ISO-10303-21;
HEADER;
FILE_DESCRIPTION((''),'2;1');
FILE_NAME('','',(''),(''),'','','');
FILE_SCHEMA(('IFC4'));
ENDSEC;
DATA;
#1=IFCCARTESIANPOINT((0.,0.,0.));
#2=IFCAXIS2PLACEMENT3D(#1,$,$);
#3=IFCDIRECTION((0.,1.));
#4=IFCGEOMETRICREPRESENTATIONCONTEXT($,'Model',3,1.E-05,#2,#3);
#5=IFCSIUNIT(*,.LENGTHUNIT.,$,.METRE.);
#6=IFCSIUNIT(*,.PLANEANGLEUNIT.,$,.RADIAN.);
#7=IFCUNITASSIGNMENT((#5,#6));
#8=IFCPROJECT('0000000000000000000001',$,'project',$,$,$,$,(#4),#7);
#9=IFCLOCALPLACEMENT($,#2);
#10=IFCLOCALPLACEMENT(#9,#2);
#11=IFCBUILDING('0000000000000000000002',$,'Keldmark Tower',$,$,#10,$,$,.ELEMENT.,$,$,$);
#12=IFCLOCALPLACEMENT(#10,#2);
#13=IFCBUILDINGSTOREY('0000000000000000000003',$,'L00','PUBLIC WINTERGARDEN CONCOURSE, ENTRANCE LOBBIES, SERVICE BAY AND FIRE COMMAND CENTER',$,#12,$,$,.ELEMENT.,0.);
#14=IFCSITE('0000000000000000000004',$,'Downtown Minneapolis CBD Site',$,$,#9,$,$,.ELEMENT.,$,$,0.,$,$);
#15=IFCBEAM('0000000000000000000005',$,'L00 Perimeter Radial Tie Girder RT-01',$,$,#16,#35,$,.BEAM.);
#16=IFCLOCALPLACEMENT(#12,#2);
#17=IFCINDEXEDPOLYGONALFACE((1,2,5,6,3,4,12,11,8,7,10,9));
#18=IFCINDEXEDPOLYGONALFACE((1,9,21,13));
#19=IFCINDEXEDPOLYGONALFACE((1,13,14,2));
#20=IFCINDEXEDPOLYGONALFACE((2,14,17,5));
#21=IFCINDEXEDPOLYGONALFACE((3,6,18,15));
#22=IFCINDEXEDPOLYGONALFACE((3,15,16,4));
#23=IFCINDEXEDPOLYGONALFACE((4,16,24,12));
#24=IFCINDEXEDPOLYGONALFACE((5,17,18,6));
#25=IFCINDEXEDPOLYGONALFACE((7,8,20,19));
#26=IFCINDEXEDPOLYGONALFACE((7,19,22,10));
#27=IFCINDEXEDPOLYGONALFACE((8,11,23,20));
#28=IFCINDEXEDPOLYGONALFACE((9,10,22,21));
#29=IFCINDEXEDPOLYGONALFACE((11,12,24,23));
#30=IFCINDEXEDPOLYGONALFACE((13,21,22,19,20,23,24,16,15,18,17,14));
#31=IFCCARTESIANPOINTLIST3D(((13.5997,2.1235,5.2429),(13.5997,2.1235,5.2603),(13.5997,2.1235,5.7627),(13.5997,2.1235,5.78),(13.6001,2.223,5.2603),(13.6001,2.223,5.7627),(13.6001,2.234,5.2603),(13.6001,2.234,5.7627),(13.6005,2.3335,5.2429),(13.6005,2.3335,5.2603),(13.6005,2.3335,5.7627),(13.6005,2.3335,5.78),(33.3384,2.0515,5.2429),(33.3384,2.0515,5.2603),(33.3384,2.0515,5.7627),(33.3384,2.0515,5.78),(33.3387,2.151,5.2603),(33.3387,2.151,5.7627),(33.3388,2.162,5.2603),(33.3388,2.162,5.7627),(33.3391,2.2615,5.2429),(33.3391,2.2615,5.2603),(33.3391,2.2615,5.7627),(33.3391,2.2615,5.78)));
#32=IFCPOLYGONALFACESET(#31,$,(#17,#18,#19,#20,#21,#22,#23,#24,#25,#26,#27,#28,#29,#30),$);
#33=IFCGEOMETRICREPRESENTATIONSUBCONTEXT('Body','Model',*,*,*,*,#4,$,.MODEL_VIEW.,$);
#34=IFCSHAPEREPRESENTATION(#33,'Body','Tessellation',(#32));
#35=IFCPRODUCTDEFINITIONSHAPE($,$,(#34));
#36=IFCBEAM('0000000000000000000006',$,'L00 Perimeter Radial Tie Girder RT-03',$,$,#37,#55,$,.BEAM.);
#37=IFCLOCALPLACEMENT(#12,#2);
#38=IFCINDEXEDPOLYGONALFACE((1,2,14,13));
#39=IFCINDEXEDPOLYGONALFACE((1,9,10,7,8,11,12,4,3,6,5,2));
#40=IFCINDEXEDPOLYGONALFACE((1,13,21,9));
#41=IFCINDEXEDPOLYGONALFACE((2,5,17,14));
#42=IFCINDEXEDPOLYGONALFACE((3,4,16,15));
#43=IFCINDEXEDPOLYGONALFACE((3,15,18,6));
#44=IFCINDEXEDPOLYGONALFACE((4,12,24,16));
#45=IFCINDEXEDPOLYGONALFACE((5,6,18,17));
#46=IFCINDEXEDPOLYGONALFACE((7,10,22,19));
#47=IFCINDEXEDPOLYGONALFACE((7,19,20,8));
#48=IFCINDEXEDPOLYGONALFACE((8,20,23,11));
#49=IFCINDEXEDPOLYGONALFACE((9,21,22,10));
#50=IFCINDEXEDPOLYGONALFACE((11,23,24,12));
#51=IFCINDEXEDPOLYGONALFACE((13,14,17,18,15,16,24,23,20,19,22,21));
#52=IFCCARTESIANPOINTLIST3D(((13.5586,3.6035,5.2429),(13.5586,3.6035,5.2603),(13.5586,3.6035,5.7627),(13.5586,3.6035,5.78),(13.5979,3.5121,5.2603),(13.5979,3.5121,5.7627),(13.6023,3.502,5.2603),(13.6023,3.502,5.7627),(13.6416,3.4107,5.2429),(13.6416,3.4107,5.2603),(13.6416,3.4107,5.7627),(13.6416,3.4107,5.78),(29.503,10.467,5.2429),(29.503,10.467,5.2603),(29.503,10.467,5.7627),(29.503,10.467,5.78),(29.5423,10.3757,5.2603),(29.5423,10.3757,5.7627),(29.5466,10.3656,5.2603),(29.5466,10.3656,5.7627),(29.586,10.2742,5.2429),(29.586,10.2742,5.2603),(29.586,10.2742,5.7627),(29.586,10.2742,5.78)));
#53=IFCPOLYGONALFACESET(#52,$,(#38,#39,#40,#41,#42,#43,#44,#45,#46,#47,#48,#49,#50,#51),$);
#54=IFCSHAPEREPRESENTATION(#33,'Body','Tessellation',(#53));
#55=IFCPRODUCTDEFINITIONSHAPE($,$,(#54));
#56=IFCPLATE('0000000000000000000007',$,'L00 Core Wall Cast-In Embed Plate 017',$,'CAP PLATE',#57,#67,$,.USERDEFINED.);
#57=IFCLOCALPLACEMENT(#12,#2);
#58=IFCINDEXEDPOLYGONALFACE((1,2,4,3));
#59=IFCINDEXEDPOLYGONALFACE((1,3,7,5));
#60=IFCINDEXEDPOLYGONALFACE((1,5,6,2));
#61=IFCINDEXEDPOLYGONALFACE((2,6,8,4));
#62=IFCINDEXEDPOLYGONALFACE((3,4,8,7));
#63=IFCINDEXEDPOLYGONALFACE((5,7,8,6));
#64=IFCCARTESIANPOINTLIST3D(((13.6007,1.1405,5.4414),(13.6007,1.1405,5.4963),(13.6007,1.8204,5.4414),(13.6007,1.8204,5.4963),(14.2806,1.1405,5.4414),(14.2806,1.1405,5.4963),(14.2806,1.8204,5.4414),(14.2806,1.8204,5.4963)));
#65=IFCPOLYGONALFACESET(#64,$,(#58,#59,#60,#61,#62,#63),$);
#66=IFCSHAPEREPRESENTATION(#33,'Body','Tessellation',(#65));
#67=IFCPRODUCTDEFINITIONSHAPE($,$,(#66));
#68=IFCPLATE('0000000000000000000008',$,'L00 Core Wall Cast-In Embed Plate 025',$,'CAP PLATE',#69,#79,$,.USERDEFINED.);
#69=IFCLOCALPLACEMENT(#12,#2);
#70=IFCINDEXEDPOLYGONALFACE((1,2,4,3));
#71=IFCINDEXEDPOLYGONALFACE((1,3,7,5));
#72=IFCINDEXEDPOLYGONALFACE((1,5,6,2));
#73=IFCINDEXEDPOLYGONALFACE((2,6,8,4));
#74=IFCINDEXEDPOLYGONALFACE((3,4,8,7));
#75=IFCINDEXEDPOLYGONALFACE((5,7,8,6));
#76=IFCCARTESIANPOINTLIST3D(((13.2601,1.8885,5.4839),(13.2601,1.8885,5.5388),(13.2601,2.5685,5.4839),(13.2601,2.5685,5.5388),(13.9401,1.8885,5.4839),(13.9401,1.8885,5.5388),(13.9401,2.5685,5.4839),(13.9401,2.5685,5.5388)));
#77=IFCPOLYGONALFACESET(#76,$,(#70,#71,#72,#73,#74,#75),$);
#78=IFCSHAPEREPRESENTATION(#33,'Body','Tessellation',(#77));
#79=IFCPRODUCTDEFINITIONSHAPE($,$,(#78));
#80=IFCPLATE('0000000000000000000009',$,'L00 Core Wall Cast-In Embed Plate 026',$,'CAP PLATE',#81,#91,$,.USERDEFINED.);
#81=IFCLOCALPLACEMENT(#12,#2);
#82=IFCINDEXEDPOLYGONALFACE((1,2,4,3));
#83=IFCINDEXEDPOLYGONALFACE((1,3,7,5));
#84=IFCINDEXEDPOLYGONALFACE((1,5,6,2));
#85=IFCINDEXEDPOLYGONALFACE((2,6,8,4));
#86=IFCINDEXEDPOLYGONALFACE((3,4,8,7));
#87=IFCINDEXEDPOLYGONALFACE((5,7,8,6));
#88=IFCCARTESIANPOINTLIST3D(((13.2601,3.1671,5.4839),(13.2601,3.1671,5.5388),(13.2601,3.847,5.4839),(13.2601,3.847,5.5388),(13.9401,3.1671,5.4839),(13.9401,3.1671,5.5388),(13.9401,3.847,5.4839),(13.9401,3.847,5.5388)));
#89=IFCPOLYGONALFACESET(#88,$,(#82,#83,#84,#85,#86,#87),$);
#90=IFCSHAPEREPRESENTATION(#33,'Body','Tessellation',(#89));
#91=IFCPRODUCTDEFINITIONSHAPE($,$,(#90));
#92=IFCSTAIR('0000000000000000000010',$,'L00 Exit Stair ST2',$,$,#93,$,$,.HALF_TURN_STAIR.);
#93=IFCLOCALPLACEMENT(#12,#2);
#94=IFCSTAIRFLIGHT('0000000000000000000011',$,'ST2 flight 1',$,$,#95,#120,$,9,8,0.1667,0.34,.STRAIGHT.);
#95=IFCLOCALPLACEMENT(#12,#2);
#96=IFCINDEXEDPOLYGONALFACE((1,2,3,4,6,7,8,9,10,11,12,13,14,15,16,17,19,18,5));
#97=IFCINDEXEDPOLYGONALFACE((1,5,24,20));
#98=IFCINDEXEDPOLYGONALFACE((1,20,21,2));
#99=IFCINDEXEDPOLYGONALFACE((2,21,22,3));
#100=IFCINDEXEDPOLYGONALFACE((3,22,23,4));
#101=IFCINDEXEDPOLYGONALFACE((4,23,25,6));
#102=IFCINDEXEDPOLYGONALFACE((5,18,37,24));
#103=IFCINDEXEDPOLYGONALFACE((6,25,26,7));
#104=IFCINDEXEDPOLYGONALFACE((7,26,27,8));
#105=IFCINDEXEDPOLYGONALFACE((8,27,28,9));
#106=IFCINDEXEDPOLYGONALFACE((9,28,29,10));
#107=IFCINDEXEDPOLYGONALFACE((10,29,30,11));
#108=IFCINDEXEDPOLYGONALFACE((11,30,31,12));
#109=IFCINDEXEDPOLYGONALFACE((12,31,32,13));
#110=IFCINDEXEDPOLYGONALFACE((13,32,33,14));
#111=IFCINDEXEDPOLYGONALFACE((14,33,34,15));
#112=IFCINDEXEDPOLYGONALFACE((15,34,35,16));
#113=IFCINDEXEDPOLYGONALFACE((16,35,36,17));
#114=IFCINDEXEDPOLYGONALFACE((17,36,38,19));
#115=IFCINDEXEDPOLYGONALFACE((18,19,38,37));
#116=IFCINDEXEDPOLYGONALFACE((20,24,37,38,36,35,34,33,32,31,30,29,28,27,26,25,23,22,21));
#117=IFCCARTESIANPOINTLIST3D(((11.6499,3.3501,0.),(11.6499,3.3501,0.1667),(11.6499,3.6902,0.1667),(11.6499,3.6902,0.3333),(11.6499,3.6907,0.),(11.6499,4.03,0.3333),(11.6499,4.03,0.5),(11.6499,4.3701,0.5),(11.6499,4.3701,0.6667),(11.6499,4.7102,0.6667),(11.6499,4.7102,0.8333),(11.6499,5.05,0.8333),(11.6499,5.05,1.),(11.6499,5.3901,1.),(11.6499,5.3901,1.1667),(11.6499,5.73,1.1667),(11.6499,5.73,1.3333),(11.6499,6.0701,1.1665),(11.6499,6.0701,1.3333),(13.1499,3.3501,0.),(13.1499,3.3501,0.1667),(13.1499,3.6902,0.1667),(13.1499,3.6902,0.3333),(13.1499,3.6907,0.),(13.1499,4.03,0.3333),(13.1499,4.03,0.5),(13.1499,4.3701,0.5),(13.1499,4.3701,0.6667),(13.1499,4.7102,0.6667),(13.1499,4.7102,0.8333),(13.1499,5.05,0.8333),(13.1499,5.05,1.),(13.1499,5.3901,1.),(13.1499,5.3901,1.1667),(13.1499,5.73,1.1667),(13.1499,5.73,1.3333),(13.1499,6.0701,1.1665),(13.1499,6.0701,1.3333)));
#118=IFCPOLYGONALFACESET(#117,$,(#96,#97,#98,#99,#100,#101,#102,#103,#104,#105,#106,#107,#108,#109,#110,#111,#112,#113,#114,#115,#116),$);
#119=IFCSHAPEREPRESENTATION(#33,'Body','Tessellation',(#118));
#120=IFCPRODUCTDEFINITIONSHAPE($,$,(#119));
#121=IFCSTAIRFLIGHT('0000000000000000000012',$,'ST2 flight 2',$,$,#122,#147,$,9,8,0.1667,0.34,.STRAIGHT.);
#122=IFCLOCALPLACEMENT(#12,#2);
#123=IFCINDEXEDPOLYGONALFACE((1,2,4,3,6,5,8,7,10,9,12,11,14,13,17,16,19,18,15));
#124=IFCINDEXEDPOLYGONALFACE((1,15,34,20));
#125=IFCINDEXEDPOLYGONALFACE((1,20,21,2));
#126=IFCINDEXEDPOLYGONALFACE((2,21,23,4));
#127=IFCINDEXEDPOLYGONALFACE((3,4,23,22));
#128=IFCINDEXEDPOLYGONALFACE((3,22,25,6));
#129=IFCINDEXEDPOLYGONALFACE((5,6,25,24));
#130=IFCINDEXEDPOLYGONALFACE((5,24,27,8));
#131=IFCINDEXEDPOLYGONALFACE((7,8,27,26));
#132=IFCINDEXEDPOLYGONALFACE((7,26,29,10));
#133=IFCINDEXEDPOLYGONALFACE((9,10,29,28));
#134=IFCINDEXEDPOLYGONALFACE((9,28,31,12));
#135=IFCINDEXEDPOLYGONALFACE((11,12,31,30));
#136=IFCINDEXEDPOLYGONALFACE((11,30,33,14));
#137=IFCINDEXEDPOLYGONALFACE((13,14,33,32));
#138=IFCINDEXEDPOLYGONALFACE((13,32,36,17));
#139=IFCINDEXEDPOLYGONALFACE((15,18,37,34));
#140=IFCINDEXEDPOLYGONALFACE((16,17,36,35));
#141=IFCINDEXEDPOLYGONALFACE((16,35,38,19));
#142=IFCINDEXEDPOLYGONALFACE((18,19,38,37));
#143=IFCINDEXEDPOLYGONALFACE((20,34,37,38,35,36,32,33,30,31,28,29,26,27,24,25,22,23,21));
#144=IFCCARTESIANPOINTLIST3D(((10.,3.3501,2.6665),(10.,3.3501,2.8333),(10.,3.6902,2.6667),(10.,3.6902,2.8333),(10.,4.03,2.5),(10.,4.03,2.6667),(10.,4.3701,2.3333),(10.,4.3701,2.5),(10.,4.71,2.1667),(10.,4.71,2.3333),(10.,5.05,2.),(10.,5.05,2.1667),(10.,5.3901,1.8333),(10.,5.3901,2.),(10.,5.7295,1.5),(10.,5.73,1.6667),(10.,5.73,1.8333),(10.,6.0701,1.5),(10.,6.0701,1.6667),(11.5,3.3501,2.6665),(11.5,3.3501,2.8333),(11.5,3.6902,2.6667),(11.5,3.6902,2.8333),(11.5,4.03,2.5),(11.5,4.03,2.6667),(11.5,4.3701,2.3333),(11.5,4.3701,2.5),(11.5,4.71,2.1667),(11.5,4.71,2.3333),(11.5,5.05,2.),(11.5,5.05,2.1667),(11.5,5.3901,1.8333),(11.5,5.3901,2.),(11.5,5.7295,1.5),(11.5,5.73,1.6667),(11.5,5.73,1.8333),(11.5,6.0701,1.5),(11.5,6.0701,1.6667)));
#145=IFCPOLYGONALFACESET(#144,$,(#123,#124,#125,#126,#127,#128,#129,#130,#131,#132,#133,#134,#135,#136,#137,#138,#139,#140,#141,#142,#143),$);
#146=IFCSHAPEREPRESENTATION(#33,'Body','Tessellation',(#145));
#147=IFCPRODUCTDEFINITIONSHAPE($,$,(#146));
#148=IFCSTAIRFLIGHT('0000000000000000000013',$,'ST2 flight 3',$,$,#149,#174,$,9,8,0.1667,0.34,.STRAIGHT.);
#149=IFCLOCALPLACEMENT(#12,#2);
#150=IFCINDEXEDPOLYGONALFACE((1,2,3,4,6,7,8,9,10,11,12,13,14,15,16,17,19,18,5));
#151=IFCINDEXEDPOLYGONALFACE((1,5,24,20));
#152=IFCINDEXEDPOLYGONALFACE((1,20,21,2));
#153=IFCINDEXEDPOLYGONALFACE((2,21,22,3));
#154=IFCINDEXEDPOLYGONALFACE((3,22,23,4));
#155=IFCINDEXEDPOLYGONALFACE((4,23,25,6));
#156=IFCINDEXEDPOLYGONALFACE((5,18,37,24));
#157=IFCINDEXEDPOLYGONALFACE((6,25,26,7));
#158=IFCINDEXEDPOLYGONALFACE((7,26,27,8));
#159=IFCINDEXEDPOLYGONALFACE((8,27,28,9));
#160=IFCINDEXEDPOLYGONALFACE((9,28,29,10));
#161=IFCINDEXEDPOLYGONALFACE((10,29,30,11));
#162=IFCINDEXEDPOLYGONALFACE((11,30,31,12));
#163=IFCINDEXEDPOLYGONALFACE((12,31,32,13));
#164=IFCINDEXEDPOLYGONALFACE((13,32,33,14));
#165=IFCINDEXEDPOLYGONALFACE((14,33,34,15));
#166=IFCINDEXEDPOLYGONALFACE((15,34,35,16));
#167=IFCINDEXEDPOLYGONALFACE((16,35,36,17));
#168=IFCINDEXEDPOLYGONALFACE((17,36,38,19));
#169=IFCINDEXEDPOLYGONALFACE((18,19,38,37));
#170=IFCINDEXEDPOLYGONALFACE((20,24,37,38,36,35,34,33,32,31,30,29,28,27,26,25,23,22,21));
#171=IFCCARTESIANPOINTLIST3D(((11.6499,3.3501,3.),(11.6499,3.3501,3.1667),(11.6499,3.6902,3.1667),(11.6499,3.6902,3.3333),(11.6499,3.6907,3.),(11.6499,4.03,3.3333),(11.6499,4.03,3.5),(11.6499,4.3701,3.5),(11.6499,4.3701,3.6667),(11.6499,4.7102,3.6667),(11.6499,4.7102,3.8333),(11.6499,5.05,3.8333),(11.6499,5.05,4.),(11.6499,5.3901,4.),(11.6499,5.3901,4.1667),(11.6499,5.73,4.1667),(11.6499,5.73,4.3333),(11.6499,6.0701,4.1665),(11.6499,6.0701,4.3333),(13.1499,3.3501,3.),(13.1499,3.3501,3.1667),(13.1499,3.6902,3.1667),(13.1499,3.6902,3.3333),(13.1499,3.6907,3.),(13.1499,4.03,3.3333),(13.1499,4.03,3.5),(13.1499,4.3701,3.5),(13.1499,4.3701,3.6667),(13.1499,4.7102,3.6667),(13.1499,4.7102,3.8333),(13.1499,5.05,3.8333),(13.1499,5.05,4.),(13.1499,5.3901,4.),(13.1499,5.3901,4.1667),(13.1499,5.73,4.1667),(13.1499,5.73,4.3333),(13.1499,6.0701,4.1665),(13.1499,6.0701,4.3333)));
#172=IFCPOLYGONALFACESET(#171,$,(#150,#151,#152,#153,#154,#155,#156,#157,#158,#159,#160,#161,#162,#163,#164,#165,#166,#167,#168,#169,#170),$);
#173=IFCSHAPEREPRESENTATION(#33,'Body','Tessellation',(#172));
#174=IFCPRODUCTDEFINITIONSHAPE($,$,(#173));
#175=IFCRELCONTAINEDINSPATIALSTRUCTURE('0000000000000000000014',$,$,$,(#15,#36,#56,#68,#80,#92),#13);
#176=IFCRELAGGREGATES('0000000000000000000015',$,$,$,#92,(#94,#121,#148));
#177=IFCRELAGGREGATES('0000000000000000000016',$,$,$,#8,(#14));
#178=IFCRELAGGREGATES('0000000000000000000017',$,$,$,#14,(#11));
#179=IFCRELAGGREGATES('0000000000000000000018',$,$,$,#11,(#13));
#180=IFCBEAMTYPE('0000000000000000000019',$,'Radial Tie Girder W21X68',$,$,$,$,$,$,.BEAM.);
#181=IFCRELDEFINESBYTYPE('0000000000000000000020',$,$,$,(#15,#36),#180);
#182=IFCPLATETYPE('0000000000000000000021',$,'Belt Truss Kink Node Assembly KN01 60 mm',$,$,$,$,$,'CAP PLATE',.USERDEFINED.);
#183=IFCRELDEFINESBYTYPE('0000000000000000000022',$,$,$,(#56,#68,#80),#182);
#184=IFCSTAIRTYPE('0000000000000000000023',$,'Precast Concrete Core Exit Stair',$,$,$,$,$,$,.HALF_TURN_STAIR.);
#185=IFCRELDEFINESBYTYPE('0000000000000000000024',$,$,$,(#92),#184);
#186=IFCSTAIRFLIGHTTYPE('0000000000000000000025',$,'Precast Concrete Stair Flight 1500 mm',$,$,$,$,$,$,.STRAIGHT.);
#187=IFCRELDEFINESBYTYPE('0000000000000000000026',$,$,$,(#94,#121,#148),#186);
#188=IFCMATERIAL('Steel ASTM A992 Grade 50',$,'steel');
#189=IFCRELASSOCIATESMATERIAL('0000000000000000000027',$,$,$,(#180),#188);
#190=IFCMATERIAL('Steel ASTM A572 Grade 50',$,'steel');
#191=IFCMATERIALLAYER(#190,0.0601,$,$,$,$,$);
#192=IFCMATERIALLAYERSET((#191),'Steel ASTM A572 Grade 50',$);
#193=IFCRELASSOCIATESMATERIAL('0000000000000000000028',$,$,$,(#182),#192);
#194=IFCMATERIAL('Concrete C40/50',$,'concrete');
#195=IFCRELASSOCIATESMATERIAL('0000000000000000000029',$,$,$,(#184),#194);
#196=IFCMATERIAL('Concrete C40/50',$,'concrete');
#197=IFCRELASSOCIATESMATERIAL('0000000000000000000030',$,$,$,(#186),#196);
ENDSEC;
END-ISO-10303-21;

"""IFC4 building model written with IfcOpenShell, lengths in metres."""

from ifc_helpers import new_model, si_unit, direction, frame, origin, origin_2d, place, context, subcontext, project, spatial, polyline, rectangle, i_section, outline, extrude, material, layer, layer_set, material_profile, profile_set, type_object, element, aggregate, save


model = new_model("IFC4")

# Units and contexts
model_context = context("Model", 3, precision=1e-05, world=origin(), true_north=direction((0.0, 1.0)))
body_context = subcontext(model_context, "Body", "Model", "MODEL_VIEW")
ifc_project = project(units=[si_unit("LENGTHUNIT", "METRE"), si_unit("PLANEANGLEUNIT", "RADIAN")], contexts=[model_context])

# Site, building, storey
site_placement = place(None, origin())
site = spatial("IfcSite", under=ifc_project, at=site_placement, Name="Downtown Minneapolis CBD Site", CompositionType="ELEMENT", RefElevation=0.0)
building_placement = place(site_placement, origin())
building = spatial("IfcBuilding", under=site, at=building_placement, Name="Keldmark Tower", CompositionType="ELEMENT")
storey_placement = place(building_placement, origin())
storey = spatial("IfcBuildingStorey", under=building, at=storey_placement, Name="L00", Description="PUBLIC WINTERGARDEN CONCOURSE, ENTRANCE LOBBIES, SERVICE BAY AND FIRE COMMAND CENTER", CompositionType="ELEMENT", Elevation=0.0)

# Beams
ifc_material_1 = material(Name="Steel ASTM A992 Grade 50", Category="steel")
ifc_material_profile = material_profile(ifc_material_1, i_section(OverallWidth=0.21, OverallDepth=0.5371, WebThickness=0.011, FlangeThickness=0.0173, at=origin_2d()), Name="W21X68")
ifc_profile_set = profile_set([ifc_material_profile], Name="Steel ASTM A992 Grade 50")
beam_type = type_object("IfcBeamType", Name="Radial Tie Girder W21X68", PredefinedType="BEAM", material=ifc_profile_set)
beam_1_placement = place(storey_placement, frame((13.6001, 2.2285, 5.5115), z_axis=(0.999993, -0.003649, 0.0), x_axis=(0.003649, 0.999993, 0.0)))
element("IfcBeam", 1, at=beam_1_placement, inside=storey, type_object=beam_type, Name="L00 Perimeter Radial Tie Girder RT-01", PredefinedType="BEAM", context=body_context, shape_type="SweptSolid", body=[
    extrude(i_section(OverallWidth=0.21, OverallDepth=0.5371, WebThickness=0.011, FlangeThickness=0.0173, at=origin_2d()), origin(), (0.0, 0.0, 1.0), 19.7388),
])
beam_2_placement = place(storey_placement, frame((13.6001, 3.5071, 5.5115), z_axis=(0.918513, 0.39539, 0.0), x_axis=(-0.39539, 0.918513, 0.0)))
element("IfcBeam", 2, at=beam_2_placement, inside=storey, type_object=beam_type, Name="L00 Perimeter Radial Tie Girder RT-03", PredefinedType="BEAM", context=body_context, shape_type="SweptSolid", body=[
    extrude(i_section(OverallWidth=0.21, OverallDepth=0.5371, WebThickness=0.011, FlangeThickness=0.0173, at=origin_2d()), origin(), (0.0, 0.0, 1.0), 17.3589),
])

# Plates
ifc_material_2 = material(Name="Steel ASTM A572 Grade 50", Category="steel")
ifc_layer = layer(ifc_material_2, 0.0601)
ifc_layer_set = layer_set([ifc_layer], Name="Steel ASTM A572 Grade 50")
plate_type = type_object("IfcPlateType", Name="Belt Truss Kink Node Assembly KN01 60 mm", ElementType="CAP PLATE", PredefinedType="USERDEFINED", material=ifc_layer_set)
for number, where, z_axis, x_axis, name in (
    (3, (13.9407, 1.4805, 5.4414), (0.0, 0.0, 1.0), (1.0, 0.0, 0.0), "L00 Core Wall Cast-In Embed Plate 017"),
    (4, (13.6001, 2.2285, 5.4839), (0.0, 0.0, 1.0), (1.0, 0.0, 0.0), "L00 Core Wall Cast-In Embed Plate 025"),
    (5, (13.6001, 3.5071, 5.4839), (0.0, 0.0, 1.0), (1.0, 0.0, 0.0), "L00 Core Wall Cast-In Embed Plate 026"),
):
    element("IfcPlate", number, at=place(storey_placement, frame(where, z_axis=z_axis, x_axis=x_axis)), inside=storey, type_object=plate_type, Name=name, ObjectType="CAP PLATE", PredefinedType="USERDEFINED", context=body_context, shape_type="SweptSolid", body=[
        extrude(rectangle(XDim=0.6799, YDim=0.6799, at=origin_2d()), origin(), (0.0, 0.0, 1.0), 0.0549),
    ])

# Stair, stair flights
ifc_material_3 = material(Name="Concrete C40/50", Category="concrete")
stair_type = type_object("IfcStairType", Name="Precast Concrete Core Exit Stair", PredefinedType="HALF_TURN_STAIR", material=ifc_material_3)
stair_placement = place(storey_placement, origin())
stair = element("IfcStair", 6, at=stair_placement, inside=storey, type_object=stair_type, Name="L00 Exit Stair ST2", PredefinedType="HALF_TURN_STAIR")
ifc_material_4 = material(Name="Concrete C40/50", Category="concrete")
stair_flight_type = type_object("IfcStairFlightType", Name="Precast Concrete Stair Flight 1500 mm", PredefinedType="STRAIGHT", material=ifc_material_4)
stair_flight_1_placement = place(storey_placement, frame((12.3999, 3.3501, 0.0), z_axis=(0.0, 0.0, 1.0), x_axis=(0.0, 1.0, 0.0)))
stair_flight_1 = element("IfcStairFlight", 7, at=stair_flight_1_placement, type_object=stair_flight_type, Name="ST2 flight 1", NumberOfRisers=9, NumberOfTreads=8, PredefinedType="STRAIGHT", RiserHeight=0.1667, TreadLength=0.34, context=body_context, shape_type="SweptSolid", body=[
    extrude(outline(polyline([(0.0, 0.0), (0.0, 0.1667), (0.3401, 0.1667), (0.3401, 0.3333), (0.6799, 0.3333), (0.6799, 0.5), (1.02, 0.5), (1.02, 0.6667), (1.3601, 0.6667), (1.3601, 0.8333), (1.7, 0.8333), (1.7, 1.0), (2.04, 1.0), (2.04, 1.1667), (2.3799, 1.1667), (2.3799, 1.3333), (2.72, 1.3333), (2.72, 1.5), (2.72, 1.1665), (0.3406, 0.0), (0.0, 0.0)])), frame((0.0, 0.75, 0.0), z_axis=(0.0, -1.0, 0.0), x_axis=(1.0, 0.0, 0.0)), (0.0, 0.0, 1.0), 1.5),
])
stair_flight_2_placement = place(storey_placement, frame((10.75, 6.0701, 1.5), z_axis=(0.0, 0.0, 1.0), x_axis=(0.0, -1.0, 0.0)))
stair_flight_2 = element("IfcStairFlight", 8, at=stair_flight_2_placement, type_object=stair_flight_type, Name="ST2 flight 2", NumberOfRisers=9, NumberOfTreads=8, PredefinedType="STRAIGHT", RiserHeight=0.1667, TreadLength=0.34, context=body_context, shape_type="SweptSolid", body=[
    extrude(outline(polyline([(0.0, 0.0), (0.0, 0.1667), (0.3401, 0.1667), (0.3401, 0.3333), (0.6799, 0.3333), (0.6799, 0.5), (1.02, 0.5), (1.02, 0.6667), (1.3601, 0.6667), (1.3601, 0.8333), (1.7, 0.8333), (1.7, 1.0), (2.04, 1.0), (2.04, 1.1667), (2.3799, 1.1667), (2.3799, 1.3333), (2.72, 1.3333), (2.72, 1.5), (2.72, 1.1665), (0.3406, 0.0), (0.0, 0.0)])), frame((0.0, 0.75, 0.0), z_axis=(0.0, -1.0, 0.0), x_axis=(1.0, 0.0, 0.0)), (0.0, 0.0, 1.0), 1.5),
])
stair_flight_3_placement = place(storey_placement, frame((12.3999, 3.3501, 3.0), z_axis=(0.0, 0.0, 1.0), x_axis=(0.0, 1.0, 0.0)))
stair_flight_3 = element("IfcStairFlight", 9, at=stair_flight_3_placement, type_object=stair_flight_type, Name="ST2 flight 3", NumberOfRisers=9, NumberOfTreads=8, PredefinedType="STRAIGHT", RiserHeight=0.1667, TreadLength=0.34, context=body_context, shape_type="SweptSolid", body=[
    extrude(outline(polyline([(0.0, 0.0), (0.0, 0.1667), (0.3401, 0.1667), (0.3401, 0.3333), (0.6799, 0.3333), (0.6799, 0.5), (1.02, 0.5), (1.02, 0.6667), (1.3601, 0.6667), (1.3601, 0.8333), (1.7, 0.8333), (1.7, 1.0), (2.04, 1.0), (2.04, 1.1667), (2.3799, 1.1667), (2.3799, 1.3333), (2.72, 1.3333), (2.72, 1.5), (2.72, 1.1665), (0.3406, 0.0), (0.0, 0.0)])), frame((0.0, 0.75, 0.0), z_axis=(0.0, -1.0, 0.0), x_axis=(1.0, 0.0, 0.0)), (0.0, 0.0, 1.0), 1.5),
])
aggregate(stair, [stair_flight_1, stair_flight_2, stair_flight_3])

save(model, "model.ifc")
